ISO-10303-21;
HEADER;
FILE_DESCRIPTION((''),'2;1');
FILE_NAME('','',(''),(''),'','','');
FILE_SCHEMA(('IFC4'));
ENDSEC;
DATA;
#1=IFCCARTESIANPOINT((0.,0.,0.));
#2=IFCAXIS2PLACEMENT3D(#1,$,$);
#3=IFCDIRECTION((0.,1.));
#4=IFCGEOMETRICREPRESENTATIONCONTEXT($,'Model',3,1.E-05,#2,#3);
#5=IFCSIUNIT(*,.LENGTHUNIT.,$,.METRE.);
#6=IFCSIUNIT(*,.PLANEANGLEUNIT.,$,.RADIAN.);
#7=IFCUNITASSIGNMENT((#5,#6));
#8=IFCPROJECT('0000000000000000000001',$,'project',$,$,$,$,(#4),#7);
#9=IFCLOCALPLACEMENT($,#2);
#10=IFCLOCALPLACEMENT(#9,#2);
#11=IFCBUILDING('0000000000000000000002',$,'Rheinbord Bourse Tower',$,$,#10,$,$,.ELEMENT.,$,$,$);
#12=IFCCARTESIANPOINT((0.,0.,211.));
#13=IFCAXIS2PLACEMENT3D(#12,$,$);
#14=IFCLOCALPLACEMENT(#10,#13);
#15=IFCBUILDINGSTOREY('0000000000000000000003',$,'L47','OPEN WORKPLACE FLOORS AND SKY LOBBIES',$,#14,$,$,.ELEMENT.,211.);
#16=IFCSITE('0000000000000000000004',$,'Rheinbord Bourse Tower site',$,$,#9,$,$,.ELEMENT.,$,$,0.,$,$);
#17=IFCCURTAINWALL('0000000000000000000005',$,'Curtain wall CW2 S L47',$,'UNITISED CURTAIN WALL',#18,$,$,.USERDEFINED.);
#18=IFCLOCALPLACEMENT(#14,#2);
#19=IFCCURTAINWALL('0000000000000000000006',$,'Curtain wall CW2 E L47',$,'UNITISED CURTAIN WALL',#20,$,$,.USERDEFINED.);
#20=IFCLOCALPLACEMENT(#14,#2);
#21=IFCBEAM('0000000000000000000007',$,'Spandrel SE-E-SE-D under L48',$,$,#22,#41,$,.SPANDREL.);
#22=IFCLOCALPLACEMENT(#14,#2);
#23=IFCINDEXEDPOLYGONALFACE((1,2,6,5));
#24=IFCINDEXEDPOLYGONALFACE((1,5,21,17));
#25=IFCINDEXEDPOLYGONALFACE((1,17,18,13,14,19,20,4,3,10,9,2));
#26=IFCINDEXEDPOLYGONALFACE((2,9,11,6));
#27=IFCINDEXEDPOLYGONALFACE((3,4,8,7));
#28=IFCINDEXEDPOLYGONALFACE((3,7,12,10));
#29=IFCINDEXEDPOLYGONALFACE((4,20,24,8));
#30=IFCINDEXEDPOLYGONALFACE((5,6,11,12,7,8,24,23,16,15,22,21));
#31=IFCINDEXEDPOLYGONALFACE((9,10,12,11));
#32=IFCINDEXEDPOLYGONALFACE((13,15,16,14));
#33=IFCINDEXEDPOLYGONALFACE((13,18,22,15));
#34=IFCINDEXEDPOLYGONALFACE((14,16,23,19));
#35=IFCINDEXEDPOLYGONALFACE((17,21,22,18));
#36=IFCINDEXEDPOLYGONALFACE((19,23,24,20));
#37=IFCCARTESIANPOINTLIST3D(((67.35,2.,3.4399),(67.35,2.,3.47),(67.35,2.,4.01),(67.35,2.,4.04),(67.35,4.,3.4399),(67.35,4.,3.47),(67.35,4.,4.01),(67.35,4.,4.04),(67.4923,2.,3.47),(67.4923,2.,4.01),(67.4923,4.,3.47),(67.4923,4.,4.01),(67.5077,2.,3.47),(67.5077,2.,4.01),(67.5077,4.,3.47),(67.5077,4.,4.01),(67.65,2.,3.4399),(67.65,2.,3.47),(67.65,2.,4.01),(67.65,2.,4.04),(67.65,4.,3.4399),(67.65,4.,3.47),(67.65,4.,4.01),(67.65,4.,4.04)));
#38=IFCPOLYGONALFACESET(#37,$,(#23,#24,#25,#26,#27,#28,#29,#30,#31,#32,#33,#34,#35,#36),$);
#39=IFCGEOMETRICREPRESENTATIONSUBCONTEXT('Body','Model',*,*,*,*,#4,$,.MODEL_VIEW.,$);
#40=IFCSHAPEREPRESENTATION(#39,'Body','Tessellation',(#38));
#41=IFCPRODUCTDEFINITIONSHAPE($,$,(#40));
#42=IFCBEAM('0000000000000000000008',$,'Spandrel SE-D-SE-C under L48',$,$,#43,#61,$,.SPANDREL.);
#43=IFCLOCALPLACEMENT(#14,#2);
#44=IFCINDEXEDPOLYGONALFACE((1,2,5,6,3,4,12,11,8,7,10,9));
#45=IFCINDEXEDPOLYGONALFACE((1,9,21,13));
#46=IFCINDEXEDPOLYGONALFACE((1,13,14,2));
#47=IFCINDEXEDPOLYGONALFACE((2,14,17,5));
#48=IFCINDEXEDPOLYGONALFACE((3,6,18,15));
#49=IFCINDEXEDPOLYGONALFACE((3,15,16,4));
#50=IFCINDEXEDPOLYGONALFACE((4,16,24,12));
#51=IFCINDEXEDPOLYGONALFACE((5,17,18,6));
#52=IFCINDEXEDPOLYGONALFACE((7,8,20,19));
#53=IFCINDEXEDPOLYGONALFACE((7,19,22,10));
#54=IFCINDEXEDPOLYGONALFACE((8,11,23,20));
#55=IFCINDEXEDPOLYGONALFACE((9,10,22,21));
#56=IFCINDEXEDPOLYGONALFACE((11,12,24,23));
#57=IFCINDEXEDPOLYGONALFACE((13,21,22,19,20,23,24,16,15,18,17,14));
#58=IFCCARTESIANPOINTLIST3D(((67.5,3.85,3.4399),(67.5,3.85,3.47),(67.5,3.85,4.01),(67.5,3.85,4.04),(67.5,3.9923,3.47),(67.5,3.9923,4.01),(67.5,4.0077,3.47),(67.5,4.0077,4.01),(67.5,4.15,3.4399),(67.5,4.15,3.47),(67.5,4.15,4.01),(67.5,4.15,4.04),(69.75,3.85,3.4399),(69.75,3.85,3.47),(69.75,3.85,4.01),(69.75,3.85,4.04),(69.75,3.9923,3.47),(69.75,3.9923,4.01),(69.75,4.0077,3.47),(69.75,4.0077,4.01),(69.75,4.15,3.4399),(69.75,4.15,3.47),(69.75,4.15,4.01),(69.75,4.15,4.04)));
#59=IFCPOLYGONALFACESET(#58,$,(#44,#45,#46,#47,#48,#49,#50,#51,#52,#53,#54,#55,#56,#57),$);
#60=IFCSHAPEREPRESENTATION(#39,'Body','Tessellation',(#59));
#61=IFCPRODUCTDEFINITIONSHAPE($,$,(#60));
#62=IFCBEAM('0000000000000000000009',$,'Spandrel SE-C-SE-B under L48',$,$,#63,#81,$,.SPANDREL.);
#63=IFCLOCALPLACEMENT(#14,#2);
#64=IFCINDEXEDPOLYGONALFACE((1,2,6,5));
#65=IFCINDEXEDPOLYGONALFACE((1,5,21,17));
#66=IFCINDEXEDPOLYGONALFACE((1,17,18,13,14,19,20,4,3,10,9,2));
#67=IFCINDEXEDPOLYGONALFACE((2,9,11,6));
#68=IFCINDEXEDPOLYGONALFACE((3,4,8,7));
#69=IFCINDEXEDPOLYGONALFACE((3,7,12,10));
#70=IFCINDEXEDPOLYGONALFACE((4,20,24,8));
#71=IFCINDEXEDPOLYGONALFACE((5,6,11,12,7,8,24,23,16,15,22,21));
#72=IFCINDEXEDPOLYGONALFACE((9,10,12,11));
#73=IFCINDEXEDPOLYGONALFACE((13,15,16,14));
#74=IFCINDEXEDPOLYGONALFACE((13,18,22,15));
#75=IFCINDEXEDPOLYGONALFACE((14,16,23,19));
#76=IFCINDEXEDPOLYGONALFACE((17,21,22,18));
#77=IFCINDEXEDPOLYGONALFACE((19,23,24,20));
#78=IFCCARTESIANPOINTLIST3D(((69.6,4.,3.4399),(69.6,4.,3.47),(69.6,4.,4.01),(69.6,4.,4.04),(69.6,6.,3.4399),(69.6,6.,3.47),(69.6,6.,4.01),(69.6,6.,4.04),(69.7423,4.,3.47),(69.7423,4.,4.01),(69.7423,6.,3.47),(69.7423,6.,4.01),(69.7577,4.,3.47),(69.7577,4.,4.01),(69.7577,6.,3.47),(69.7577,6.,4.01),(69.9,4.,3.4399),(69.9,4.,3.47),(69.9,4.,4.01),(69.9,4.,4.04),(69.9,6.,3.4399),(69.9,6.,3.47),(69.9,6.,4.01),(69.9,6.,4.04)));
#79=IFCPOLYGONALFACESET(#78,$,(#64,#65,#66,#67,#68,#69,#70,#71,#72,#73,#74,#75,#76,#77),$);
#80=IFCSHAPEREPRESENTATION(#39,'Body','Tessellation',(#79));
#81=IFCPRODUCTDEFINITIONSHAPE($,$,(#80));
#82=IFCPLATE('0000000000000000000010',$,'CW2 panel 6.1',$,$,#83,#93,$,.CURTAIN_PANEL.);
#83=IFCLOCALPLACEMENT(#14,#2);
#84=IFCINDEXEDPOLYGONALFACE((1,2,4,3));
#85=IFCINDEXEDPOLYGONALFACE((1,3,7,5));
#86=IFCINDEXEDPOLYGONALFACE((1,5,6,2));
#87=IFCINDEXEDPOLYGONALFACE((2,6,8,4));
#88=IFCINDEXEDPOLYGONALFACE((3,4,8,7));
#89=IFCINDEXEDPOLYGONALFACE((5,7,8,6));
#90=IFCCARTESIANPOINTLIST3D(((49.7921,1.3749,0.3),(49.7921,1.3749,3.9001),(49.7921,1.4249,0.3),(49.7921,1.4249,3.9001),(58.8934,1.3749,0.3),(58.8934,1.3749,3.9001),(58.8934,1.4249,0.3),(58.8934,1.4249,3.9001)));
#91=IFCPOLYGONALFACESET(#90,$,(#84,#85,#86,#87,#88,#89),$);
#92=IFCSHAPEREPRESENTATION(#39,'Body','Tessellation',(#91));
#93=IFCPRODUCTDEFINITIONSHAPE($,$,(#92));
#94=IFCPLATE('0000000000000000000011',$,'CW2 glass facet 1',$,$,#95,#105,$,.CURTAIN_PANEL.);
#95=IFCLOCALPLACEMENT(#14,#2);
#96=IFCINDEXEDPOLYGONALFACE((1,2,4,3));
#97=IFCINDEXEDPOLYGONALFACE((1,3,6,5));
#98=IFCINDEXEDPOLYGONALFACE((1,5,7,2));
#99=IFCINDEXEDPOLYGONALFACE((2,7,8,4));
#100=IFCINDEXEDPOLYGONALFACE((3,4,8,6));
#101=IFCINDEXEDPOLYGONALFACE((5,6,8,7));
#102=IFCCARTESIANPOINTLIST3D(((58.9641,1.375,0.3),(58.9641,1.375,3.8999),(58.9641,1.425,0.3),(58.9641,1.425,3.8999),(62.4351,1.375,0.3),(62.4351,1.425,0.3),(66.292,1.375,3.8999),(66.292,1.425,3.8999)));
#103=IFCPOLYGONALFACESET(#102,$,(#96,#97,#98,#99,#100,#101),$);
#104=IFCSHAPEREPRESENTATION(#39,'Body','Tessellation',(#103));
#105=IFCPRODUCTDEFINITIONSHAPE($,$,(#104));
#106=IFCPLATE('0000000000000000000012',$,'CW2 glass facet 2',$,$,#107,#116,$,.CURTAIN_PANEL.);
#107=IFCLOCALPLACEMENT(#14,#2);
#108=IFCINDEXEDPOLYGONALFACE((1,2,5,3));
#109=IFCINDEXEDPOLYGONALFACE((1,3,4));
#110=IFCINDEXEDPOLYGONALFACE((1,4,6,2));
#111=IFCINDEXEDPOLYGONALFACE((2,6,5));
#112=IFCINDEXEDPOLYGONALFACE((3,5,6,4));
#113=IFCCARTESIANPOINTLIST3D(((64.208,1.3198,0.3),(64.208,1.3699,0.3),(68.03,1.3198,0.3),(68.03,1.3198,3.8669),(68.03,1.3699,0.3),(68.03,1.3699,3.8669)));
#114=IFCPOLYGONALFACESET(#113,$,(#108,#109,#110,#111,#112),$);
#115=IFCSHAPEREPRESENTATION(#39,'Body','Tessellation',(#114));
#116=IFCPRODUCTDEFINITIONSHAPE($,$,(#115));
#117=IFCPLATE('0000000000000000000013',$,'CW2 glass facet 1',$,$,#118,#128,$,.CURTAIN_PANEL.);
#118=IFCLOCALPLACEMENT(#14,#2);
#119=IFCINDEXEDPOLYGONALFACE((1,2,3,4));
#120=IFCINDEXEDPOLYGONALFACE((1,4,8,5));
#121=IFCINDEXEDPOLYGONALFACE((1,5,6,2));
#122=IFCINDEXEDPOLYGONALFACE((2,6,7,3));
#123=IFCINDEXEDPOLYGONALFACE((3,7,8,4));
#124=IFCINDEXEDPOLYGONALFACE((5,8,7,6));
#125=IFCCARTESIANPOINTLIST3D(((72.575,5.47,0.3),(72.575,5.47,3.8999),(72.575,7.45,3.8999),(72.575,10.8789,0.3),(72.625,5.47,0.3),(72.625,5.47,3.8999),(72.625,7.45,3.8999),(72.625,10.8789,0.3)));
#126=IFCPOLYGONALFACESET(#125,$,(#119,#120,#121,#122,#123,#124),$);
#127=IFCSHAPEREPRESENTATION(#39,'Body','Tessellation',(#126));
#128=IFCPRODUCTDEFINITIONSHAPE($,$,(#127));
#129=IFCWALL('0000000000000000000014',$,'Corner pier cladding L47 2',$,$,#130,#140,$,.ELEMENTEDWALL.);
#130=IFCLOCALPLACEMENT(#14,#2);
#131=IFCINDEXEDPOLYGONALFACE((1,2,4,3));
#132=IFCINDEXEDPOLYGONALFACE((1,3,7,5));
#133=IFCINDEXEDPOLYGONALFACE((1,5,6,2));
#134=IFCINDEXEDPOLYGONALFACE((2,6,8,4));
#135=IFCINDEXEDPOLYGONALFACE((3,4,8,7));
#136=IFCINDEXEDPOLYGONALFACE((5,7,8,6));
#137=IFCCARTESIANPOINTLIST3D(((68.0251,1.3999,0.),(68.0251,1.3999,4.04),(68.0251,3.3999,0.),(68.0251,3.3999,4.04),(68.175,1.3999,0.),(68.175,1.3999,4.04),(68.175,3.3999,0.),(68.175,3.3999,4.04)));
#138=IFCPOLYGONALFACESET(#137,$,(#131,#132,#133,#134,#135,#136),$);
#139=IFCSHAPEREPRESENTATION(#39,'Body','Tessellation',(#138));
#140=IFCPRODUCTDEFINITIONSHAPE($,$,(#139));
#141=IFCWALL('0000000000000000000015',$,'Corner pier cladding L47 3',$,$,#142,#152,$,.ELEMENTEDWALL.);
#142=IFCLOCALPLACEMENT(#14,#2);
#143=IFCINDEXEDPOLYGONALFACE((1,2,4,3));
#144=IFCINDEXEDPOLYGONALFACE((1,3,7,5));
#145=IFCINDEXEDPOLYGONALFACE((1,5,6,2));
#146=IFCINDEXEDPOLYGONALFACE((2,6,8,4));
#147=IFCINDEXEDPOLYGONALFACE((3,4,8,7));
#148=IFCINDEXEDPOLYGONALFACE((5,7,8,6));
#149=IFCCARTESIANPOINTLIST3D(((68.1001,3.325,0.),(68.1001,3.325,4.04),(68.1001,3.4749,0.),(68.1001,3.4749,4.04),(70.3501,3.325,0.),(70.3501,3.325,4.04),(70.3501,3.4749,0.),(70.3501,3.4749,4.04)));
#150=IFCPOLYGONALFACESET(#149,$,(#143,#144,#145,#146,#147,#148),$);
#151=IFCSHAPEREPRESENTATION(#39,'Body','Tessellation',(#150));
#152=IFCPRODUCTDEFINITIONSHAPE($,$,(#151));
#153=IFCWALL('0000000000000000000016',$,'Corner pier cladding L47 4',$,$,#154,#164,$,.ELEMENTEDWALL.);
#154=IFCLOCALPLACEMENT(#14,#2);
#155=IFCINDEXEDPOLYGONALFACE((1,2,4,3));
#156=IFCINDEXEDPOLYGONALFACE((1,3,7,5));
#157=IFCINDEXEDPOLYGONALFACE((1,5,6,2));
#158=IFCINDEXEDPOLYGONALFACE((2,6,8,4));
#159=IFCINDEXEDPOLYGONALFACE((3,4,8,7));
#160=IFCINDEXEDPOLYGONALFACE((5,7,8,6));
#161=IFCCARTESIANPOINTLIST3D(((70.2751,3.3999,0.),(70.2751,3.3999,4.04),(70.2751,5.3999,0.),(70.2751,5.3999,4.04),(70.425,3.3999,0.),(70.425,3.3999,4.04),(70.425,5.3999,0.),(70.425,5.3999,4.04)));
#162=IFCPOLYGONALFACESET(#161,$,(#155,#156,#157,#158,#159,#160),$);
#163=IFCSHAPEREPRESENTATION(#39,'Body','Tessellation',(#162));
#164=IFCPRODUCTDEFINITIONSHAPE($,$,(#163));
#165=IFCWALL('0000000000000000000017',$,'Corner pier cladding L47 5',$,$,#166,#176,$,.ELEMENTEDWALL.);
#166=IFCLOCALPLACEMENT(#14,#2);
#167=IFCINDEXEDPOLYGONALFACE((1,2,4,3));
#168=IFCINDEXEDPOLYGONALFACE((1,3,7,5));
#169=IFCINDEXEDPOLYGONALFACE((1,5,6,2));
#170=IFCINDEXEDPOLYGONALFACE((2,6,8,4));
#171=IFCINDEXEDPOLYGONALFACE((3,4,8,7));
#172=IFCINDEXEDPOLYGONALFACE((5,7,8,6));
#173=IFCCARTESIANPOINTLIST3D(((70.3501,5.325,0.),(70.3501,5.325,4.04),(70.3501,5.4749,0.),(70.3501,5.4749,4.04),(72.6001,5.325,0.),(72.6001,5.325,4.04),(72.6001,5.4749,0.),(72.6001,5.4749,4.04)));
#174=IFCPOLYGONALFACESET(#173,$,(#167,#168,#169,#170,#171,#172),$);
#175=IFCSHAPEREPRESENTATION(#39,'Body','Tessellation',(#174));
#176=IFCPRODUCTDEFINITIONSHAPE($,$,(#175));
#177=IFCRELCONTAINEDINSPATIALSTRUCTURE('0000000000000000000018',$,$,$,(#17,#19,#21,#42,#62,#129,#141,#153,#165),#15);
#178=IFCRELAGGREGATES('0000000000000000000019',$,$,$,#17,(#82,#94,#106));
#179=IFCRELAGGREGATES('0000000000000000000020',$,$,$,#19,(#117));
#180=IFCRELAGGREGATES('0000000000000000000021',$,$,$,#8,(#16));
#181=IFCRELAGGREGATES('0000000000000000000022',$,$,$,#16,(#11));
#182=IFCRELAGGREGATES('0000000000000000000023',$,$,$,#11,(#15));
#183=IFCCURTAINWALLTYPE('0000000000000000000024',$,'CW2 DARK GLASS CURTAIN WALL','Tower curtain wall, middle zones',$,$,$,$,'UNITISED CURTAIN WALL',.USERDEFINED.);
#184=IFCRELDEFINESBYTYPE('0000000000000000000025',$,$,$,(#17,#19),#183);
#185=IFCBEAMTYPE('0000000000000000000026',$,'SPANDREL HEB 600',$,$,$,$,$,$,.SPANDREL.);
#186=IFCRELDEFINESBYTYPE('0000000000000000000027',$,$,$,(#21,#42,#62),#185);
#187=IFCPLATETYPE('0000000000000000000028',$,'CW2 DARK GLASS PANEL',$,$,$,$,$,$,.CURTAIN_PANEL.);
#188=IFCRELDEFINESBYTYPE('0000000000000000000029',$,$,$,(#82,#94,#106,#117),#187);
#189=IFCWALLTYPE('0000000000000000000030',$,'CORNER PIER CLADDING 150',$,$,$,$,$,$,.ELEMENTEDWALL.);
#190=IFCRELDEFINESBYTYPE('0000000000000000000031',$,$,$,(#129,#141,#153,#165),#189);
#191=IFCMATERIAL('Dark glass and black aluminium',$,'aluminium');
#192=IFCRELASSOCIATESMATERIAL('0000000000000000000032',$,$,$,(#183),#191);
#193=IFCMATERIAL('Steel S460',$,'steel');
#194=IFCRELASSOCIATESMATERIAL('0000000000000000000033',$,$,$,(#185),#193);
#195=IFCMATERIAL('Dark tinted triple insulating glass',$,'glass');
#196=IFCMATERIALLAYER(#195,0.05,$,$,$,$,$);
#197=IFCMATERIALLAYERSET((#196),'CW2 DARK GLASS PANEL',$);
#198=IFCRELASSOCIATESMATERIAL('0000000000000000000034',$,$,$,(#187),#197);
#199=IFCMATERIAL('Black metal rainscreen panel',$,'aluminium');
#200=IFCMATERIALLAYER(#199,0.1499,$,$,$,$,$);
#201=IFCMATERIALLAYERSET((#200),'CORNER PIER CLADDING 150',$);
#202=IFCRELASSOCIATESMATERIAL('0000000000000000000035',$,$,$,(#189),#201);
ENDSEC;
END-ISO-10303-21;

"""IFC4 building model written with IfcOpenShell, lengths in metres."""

from ifc_helpers import new_model, si_unit, direction, frame, frame_2d, origin, origin_2d, place, context, subcontext, project, spatial, polyline, rectangle, i_section, outline, extrude, material, layer, layer_set, material_profile, profile_set, type_object, element, aggregate, save


model = new_model("IFC4")

# Units and contexts
model_context = context("Model", 3, precision=1e-05, world=origin(), true_north=direction((0.0, 1.0)))
body_context = subcontext(model_context, "Body", "Model", "MODEL_VIEW")
ifc_project = project(units=[si_unit("LENGTHUNIT", "METRE"), si_unit("PLANEANGLEUNIT", "RADIAN")], contexts=[model_context])

# Site, building, storey
site_placement = place(None, origin())
site = spatial("IfcSite", under=ifc_project, at=site_placement, Name="Rheinbord Bourse Tower site", CompositionType="ELEMENT", RefElevation=0.0)
building_placement = place(site_placement, origin())
building = spatial("IfcBuilding", under=site, at=building_placement, Name="Rheinbord Bourse Tower", CompositionType="ELEMENT")
storey_placement = place(building_placement, frame((0.0, 0.0, 211.0)))
storey = spatial("IfcBuildingStorey", under=building, at=storey_placement, Name="L47", Description="OPEN WORKPLACE FLOORS AND SKY LOBBIES", CompositionType="ELEMENT", Elevation=211.0)

# Curtain wall
ifc_material_1 = material(Name="Dark glass and black aluminium", Category="aluminium")
curtain_wall_type = type_object("IfcCurtainWallType", Name="CW2 DARK GLASS CURTAIN WALL", Description="Tower curtain wall, middle zones", ElementType="UNITISED CURTAIN WALL", PredefinedType="USERDEFINED", material=ifc_material_1)
curtain_wall_1_placement = place(storey_placement, origin())
curtain_wall_1 = element("IfcCurtainWall", 1, at=curtain_wall_1_placement, inside=storey, type_object=curtain_wall_type, Name="Curtain wall CW2 S L47", ObjectType="UNITISED CURTAIN WALL", PredefinedType="USERDEFINED")

# Curtain wall
curtain_wall_2_placement = place(storey_placement, origin())
curtain_wall_2 = element("IfcCurtainWall", 2, at=curtain_wall_2_placement, inside=storey, type_object=curtain_wall_type, Name="Curtain wall CW2 E L47", ObjectType="UNITISED CURTAIN WALL", PredefinedType="USERDEFINED")

# Beams
ifc_material_2 = material(Name="Steel S460", Category="steel")
ifc_material_profile_1 = material_profile(ifc_material_2, i_section(OverallWidth=0.3, OverallDepth=0.6001, WebThickness=0.0154, FlangeThickness=0.03, at=origin_2d()), Name="HEB 600")
ifc_profile_set_1 = profile_set([ifc_material_profile_1], Name="Steel S460")
beam_type_1 = type_object("IfcBeamType", Name="SPANDREL HEB 600", PredefinedType="SPANDREL", material=ifc_profile_set_1)
beam_1_placement = place(storey_placement, frame((67.5, 2.0, 3.74), z_axis=(0.0, 1.0, 0.0), x_axis=(-1.0, 0.0, 0.0)))
element("IfcBeam", 3, at=beam_1_placement, inside=storey, type_object=beam_type_1, Name="Spandrel SE-E-SE-D under L48", PredefinedType="SPANDREL", context=body_context, shape_type="SweptSolid", body=[
    extrude(i_section(OverallWidth=0.3, OverallDepth=0.6001, WebThickness=0.0154, FlangeThickness=0.03, at=origin_2d()), origin(), (0.0, 0.0, 1.0), 2.0),
])
beam_2_placement = place(storey_placement, frame((67.5, 4.0, 3.74), z_axis=(1.0, 0.0, 0.0), x_axis=(0.0, 1.0, 0.0)))
element("IfcBeam", 4, at=beam_2_placement, inside=storey, type_object=beam_type_1, Name="Spandrel SE-D-SE-C under L48", PredefinedType="SPANDREL", context=body_context, shape_type="SweptSolid", body=[
    extrude(i_section(OverallWidth=0.3, OverallDepth=0.6001, WebThickness=0.0154, FlangeThickness=0.03, at=origin_2d()), origin(), (0.0, 0.0, 1.0), 2.25),
])
beam_3_placement = place(storey_placement, frame((69.75, 4.0, 3.74), z_axis=(0.0, 1.0, 0.0), x_axis=(-1.0, 0.0, 0.0)))
element("IfcBeam", 5, at=beam_3_placement, inside=storey, type_object=beam_type_1, Name="Spandrel SE-C-SE-B under L48", PredefinedType="SPANDREL", context=body_context, shape_type="SweptSolid", body=[
    extrude(i_section(OverallWidth=0.3, OverallDepth=0.6001, WebThickness=0.0154, FlangeThickness=0.03, at=origin_2d()), origin(), (0.0, 0.0, 1.0), 2.0),
])

# Plates
ifc_material_3 = material(Name="Dark tinted triple insulating glass", Category="glass")
ifc_layer_1 = layer(ifc_material_3, 0.05)
ifc_layer_set_1 = layer_set([ifc_layer_1], Name="CW2 DARK GLASS PANEL")
plate_type = type_object("IfcPlateType", Name="CW2 DARK GLASS PANEL", PredefinedType="CURTAIN_PANEL", material=ifc_layer_set_1)
plate_1_placement = place(storey_placement, frame((54.3428, 1.3999, 0.3), z_axis=(0.0, 0.0, 1.0), x_axis=(1.0, 0.0, 0.0)))
plate_1 = element("IfcPlate", 6, at=plate_1_placement, type_object=plate_type, Name="CW2 panel 6.1", PredefinedType="CURTAIN_PANEL", context=body_context, shape_type="SweptSolid", body=[
    extrude(rectangle(XDim=9.1013, YDim=0.05, at=origin_2d()), origin(), (0.0, 0.0, 1.0), 3.6001),
])
plate_2_placement = place(storey_placement, frame((58.9641, 1.375, 0.3), z_axis=(0.0, 1.0, 0.0), x_axis=(0.0, 0.0, 1.0)))
plate_2 = element("IfcPlate", 7, at=plate_2_placement, type_object=plate_type, Name="CW2 glass facet 1", PredefinedType="CURTAIN_PANEL", context=body_context, shape_type="SweptSolid", body=[
    extrude(outline(polyline([(0.0, 0.0), (3.5999, 0.0), (3.5999, 7.3279), (0.0, 3.4709), (0.0, 0.0)])), origin(), (0.0, 0.0, 1.0), 0.05),
])
plate_3_placement = place(storey_placement, frame((68.03, 1.3198, 0.3), z_axis=(0.0, 1.0, 0.0), x_axis=(-1.0, 0.0, 0.0)))
plate_3 = element("IfcPlate", 8, at=plate_3_placement, type_object=plate_type, Name="CW2 glass facet 2", PredefinedType="CURTAIN_PANEL", context=body_context, shape_type="SweptSolid", body=[
    extrude(outline(polyline([(0.0, 0.0), (3.822, 0.0), (0.0, 3.5669), (0.0, 0.0)])), origin(), (0.0, 0.0, 1.0), 0.05),
])
aggregate(curtain_wall_1, [plate_1, plate_2, plate_3])
plate_4_placement = place(storey_placement, frame((72.625, 5.47, 0.3), z_axis=(-1.0, 0.0, 0.0), x_axis=(0.0, 0.0, 1.0)))
plate_4 = element("IfcPlate", 9, at=plate_4_placement, type_object=plate_type, Name="CW2 glass facet 1", PredefinedType="CURTAIN_PANEL", context=body_context, shape_type="SweptSolid", body=[
    extrude(outline(polyline([(0.0, 0.0), (3.5999, 0.0), (3.5999, 1.98), (0.0, 5.4089), (0.0, 0.0)])), origin(), (0.0, 0.0, 1.0), 0.05),
])
aggregate(curtain_wall_2, [plate_4])

# Walls
ifc_material_4 = material(Name="Black metal rainscreen panel", Category="aluminium")
ifc_layer_2 = layer(ifc_material_4, 0.1499)
ifc_layer_set_2 = layer_set([ifc_layer_2], Name="CORNER PIER CLADDING 150")
wall_type = type_object("IfcWallType", Name="CORNER PIER CLADDING 150", PredefinedType="ELEMENTEDWALL", material=ifc_layer_set_2)
wall_1_placement = place(storey_placement, frame((68.1001, 1.3999, 0.0), z_axis=(0.0, 0.0, 1.0), x_axis=(0.0, 1.0, 0.0)))
element("IfcWall", 10, at=wall_1_placement, inside=storey, type_object=wall_type, Name="Corner pier cladding L47 2", PredefinedType="ELEMENTEDWALL", context=body_context, shape_type="SweptSolid", body=[
    extrude(rectangle(XDim=2.0, YDim=0.1499, at=frame_2d((1.0, 0.0))), origin(), (0.0, 0.0, 1.0), 4.04),
])
wall_2_placement = place(storey_placement, frame((68.1001, 3.3999, 0.0), z_axis=(0.0, 0.0, 1.0), x_axis=(1.0, 0.0, 0.0)))
element("IfcWall", 11, at=wall_2_placement, inside=storey, type_object=wall_type, Name="Corner pier cladding L47 3", PredefinedType="ELEMENTEDWALL", context=body_context, shape_type="SweptSolid", body=[
    extrude(rectangle(XDim=2.25, YDim=0.1499, at=frame_2d((1.125, 0.0))), origin(), (0.0, 0.0, 1.0), 4.04),
])
wall_3_placement = place(storey_placement, frame((70.3501, 3.3999, 0.0), z_axis=(0.0, 0.0, 1.0), x_axis=(0.0, 1.0, 0.0)))
element("IfcWall", 12, at=wall_3_placement, inside=storey, type_object=wall_type, Name="Corner pier cladding L47 4", PredefinedType="ELEMENTEDWALL", context=body_context, shape_type="SweptSolid", body=[
    extrude(rectangle(XDim=2.0, YDim=0.1499, at=frame_2d((1.0, 0.0))), origin(), (0.0, 0.0, 1.0), 4.04),
])
wall_4_placement = place(storey_placement, frame((70.3501, 5.3999, 0.0), z_axis=(0.0, 0.0, 1.0), x_axis=(1.0, 0.0, 0.0)))
element("IfcWall", 13, at=wall_4_placement, inside=storey, type_object=wall_type, Name="Corner pier cladding L47 5", PredefinedType="ELEMENTEDWALL", context=body_context, shape_type="SweptSolid", body=[
    extrude(rectangle(XDim=2.25, YDim=0.1499, at=frame_2d((1.125, 0.0))), origin(), (0.0, 0.0, 1.0), 4.04),
])

save(model, "model.ifc")
